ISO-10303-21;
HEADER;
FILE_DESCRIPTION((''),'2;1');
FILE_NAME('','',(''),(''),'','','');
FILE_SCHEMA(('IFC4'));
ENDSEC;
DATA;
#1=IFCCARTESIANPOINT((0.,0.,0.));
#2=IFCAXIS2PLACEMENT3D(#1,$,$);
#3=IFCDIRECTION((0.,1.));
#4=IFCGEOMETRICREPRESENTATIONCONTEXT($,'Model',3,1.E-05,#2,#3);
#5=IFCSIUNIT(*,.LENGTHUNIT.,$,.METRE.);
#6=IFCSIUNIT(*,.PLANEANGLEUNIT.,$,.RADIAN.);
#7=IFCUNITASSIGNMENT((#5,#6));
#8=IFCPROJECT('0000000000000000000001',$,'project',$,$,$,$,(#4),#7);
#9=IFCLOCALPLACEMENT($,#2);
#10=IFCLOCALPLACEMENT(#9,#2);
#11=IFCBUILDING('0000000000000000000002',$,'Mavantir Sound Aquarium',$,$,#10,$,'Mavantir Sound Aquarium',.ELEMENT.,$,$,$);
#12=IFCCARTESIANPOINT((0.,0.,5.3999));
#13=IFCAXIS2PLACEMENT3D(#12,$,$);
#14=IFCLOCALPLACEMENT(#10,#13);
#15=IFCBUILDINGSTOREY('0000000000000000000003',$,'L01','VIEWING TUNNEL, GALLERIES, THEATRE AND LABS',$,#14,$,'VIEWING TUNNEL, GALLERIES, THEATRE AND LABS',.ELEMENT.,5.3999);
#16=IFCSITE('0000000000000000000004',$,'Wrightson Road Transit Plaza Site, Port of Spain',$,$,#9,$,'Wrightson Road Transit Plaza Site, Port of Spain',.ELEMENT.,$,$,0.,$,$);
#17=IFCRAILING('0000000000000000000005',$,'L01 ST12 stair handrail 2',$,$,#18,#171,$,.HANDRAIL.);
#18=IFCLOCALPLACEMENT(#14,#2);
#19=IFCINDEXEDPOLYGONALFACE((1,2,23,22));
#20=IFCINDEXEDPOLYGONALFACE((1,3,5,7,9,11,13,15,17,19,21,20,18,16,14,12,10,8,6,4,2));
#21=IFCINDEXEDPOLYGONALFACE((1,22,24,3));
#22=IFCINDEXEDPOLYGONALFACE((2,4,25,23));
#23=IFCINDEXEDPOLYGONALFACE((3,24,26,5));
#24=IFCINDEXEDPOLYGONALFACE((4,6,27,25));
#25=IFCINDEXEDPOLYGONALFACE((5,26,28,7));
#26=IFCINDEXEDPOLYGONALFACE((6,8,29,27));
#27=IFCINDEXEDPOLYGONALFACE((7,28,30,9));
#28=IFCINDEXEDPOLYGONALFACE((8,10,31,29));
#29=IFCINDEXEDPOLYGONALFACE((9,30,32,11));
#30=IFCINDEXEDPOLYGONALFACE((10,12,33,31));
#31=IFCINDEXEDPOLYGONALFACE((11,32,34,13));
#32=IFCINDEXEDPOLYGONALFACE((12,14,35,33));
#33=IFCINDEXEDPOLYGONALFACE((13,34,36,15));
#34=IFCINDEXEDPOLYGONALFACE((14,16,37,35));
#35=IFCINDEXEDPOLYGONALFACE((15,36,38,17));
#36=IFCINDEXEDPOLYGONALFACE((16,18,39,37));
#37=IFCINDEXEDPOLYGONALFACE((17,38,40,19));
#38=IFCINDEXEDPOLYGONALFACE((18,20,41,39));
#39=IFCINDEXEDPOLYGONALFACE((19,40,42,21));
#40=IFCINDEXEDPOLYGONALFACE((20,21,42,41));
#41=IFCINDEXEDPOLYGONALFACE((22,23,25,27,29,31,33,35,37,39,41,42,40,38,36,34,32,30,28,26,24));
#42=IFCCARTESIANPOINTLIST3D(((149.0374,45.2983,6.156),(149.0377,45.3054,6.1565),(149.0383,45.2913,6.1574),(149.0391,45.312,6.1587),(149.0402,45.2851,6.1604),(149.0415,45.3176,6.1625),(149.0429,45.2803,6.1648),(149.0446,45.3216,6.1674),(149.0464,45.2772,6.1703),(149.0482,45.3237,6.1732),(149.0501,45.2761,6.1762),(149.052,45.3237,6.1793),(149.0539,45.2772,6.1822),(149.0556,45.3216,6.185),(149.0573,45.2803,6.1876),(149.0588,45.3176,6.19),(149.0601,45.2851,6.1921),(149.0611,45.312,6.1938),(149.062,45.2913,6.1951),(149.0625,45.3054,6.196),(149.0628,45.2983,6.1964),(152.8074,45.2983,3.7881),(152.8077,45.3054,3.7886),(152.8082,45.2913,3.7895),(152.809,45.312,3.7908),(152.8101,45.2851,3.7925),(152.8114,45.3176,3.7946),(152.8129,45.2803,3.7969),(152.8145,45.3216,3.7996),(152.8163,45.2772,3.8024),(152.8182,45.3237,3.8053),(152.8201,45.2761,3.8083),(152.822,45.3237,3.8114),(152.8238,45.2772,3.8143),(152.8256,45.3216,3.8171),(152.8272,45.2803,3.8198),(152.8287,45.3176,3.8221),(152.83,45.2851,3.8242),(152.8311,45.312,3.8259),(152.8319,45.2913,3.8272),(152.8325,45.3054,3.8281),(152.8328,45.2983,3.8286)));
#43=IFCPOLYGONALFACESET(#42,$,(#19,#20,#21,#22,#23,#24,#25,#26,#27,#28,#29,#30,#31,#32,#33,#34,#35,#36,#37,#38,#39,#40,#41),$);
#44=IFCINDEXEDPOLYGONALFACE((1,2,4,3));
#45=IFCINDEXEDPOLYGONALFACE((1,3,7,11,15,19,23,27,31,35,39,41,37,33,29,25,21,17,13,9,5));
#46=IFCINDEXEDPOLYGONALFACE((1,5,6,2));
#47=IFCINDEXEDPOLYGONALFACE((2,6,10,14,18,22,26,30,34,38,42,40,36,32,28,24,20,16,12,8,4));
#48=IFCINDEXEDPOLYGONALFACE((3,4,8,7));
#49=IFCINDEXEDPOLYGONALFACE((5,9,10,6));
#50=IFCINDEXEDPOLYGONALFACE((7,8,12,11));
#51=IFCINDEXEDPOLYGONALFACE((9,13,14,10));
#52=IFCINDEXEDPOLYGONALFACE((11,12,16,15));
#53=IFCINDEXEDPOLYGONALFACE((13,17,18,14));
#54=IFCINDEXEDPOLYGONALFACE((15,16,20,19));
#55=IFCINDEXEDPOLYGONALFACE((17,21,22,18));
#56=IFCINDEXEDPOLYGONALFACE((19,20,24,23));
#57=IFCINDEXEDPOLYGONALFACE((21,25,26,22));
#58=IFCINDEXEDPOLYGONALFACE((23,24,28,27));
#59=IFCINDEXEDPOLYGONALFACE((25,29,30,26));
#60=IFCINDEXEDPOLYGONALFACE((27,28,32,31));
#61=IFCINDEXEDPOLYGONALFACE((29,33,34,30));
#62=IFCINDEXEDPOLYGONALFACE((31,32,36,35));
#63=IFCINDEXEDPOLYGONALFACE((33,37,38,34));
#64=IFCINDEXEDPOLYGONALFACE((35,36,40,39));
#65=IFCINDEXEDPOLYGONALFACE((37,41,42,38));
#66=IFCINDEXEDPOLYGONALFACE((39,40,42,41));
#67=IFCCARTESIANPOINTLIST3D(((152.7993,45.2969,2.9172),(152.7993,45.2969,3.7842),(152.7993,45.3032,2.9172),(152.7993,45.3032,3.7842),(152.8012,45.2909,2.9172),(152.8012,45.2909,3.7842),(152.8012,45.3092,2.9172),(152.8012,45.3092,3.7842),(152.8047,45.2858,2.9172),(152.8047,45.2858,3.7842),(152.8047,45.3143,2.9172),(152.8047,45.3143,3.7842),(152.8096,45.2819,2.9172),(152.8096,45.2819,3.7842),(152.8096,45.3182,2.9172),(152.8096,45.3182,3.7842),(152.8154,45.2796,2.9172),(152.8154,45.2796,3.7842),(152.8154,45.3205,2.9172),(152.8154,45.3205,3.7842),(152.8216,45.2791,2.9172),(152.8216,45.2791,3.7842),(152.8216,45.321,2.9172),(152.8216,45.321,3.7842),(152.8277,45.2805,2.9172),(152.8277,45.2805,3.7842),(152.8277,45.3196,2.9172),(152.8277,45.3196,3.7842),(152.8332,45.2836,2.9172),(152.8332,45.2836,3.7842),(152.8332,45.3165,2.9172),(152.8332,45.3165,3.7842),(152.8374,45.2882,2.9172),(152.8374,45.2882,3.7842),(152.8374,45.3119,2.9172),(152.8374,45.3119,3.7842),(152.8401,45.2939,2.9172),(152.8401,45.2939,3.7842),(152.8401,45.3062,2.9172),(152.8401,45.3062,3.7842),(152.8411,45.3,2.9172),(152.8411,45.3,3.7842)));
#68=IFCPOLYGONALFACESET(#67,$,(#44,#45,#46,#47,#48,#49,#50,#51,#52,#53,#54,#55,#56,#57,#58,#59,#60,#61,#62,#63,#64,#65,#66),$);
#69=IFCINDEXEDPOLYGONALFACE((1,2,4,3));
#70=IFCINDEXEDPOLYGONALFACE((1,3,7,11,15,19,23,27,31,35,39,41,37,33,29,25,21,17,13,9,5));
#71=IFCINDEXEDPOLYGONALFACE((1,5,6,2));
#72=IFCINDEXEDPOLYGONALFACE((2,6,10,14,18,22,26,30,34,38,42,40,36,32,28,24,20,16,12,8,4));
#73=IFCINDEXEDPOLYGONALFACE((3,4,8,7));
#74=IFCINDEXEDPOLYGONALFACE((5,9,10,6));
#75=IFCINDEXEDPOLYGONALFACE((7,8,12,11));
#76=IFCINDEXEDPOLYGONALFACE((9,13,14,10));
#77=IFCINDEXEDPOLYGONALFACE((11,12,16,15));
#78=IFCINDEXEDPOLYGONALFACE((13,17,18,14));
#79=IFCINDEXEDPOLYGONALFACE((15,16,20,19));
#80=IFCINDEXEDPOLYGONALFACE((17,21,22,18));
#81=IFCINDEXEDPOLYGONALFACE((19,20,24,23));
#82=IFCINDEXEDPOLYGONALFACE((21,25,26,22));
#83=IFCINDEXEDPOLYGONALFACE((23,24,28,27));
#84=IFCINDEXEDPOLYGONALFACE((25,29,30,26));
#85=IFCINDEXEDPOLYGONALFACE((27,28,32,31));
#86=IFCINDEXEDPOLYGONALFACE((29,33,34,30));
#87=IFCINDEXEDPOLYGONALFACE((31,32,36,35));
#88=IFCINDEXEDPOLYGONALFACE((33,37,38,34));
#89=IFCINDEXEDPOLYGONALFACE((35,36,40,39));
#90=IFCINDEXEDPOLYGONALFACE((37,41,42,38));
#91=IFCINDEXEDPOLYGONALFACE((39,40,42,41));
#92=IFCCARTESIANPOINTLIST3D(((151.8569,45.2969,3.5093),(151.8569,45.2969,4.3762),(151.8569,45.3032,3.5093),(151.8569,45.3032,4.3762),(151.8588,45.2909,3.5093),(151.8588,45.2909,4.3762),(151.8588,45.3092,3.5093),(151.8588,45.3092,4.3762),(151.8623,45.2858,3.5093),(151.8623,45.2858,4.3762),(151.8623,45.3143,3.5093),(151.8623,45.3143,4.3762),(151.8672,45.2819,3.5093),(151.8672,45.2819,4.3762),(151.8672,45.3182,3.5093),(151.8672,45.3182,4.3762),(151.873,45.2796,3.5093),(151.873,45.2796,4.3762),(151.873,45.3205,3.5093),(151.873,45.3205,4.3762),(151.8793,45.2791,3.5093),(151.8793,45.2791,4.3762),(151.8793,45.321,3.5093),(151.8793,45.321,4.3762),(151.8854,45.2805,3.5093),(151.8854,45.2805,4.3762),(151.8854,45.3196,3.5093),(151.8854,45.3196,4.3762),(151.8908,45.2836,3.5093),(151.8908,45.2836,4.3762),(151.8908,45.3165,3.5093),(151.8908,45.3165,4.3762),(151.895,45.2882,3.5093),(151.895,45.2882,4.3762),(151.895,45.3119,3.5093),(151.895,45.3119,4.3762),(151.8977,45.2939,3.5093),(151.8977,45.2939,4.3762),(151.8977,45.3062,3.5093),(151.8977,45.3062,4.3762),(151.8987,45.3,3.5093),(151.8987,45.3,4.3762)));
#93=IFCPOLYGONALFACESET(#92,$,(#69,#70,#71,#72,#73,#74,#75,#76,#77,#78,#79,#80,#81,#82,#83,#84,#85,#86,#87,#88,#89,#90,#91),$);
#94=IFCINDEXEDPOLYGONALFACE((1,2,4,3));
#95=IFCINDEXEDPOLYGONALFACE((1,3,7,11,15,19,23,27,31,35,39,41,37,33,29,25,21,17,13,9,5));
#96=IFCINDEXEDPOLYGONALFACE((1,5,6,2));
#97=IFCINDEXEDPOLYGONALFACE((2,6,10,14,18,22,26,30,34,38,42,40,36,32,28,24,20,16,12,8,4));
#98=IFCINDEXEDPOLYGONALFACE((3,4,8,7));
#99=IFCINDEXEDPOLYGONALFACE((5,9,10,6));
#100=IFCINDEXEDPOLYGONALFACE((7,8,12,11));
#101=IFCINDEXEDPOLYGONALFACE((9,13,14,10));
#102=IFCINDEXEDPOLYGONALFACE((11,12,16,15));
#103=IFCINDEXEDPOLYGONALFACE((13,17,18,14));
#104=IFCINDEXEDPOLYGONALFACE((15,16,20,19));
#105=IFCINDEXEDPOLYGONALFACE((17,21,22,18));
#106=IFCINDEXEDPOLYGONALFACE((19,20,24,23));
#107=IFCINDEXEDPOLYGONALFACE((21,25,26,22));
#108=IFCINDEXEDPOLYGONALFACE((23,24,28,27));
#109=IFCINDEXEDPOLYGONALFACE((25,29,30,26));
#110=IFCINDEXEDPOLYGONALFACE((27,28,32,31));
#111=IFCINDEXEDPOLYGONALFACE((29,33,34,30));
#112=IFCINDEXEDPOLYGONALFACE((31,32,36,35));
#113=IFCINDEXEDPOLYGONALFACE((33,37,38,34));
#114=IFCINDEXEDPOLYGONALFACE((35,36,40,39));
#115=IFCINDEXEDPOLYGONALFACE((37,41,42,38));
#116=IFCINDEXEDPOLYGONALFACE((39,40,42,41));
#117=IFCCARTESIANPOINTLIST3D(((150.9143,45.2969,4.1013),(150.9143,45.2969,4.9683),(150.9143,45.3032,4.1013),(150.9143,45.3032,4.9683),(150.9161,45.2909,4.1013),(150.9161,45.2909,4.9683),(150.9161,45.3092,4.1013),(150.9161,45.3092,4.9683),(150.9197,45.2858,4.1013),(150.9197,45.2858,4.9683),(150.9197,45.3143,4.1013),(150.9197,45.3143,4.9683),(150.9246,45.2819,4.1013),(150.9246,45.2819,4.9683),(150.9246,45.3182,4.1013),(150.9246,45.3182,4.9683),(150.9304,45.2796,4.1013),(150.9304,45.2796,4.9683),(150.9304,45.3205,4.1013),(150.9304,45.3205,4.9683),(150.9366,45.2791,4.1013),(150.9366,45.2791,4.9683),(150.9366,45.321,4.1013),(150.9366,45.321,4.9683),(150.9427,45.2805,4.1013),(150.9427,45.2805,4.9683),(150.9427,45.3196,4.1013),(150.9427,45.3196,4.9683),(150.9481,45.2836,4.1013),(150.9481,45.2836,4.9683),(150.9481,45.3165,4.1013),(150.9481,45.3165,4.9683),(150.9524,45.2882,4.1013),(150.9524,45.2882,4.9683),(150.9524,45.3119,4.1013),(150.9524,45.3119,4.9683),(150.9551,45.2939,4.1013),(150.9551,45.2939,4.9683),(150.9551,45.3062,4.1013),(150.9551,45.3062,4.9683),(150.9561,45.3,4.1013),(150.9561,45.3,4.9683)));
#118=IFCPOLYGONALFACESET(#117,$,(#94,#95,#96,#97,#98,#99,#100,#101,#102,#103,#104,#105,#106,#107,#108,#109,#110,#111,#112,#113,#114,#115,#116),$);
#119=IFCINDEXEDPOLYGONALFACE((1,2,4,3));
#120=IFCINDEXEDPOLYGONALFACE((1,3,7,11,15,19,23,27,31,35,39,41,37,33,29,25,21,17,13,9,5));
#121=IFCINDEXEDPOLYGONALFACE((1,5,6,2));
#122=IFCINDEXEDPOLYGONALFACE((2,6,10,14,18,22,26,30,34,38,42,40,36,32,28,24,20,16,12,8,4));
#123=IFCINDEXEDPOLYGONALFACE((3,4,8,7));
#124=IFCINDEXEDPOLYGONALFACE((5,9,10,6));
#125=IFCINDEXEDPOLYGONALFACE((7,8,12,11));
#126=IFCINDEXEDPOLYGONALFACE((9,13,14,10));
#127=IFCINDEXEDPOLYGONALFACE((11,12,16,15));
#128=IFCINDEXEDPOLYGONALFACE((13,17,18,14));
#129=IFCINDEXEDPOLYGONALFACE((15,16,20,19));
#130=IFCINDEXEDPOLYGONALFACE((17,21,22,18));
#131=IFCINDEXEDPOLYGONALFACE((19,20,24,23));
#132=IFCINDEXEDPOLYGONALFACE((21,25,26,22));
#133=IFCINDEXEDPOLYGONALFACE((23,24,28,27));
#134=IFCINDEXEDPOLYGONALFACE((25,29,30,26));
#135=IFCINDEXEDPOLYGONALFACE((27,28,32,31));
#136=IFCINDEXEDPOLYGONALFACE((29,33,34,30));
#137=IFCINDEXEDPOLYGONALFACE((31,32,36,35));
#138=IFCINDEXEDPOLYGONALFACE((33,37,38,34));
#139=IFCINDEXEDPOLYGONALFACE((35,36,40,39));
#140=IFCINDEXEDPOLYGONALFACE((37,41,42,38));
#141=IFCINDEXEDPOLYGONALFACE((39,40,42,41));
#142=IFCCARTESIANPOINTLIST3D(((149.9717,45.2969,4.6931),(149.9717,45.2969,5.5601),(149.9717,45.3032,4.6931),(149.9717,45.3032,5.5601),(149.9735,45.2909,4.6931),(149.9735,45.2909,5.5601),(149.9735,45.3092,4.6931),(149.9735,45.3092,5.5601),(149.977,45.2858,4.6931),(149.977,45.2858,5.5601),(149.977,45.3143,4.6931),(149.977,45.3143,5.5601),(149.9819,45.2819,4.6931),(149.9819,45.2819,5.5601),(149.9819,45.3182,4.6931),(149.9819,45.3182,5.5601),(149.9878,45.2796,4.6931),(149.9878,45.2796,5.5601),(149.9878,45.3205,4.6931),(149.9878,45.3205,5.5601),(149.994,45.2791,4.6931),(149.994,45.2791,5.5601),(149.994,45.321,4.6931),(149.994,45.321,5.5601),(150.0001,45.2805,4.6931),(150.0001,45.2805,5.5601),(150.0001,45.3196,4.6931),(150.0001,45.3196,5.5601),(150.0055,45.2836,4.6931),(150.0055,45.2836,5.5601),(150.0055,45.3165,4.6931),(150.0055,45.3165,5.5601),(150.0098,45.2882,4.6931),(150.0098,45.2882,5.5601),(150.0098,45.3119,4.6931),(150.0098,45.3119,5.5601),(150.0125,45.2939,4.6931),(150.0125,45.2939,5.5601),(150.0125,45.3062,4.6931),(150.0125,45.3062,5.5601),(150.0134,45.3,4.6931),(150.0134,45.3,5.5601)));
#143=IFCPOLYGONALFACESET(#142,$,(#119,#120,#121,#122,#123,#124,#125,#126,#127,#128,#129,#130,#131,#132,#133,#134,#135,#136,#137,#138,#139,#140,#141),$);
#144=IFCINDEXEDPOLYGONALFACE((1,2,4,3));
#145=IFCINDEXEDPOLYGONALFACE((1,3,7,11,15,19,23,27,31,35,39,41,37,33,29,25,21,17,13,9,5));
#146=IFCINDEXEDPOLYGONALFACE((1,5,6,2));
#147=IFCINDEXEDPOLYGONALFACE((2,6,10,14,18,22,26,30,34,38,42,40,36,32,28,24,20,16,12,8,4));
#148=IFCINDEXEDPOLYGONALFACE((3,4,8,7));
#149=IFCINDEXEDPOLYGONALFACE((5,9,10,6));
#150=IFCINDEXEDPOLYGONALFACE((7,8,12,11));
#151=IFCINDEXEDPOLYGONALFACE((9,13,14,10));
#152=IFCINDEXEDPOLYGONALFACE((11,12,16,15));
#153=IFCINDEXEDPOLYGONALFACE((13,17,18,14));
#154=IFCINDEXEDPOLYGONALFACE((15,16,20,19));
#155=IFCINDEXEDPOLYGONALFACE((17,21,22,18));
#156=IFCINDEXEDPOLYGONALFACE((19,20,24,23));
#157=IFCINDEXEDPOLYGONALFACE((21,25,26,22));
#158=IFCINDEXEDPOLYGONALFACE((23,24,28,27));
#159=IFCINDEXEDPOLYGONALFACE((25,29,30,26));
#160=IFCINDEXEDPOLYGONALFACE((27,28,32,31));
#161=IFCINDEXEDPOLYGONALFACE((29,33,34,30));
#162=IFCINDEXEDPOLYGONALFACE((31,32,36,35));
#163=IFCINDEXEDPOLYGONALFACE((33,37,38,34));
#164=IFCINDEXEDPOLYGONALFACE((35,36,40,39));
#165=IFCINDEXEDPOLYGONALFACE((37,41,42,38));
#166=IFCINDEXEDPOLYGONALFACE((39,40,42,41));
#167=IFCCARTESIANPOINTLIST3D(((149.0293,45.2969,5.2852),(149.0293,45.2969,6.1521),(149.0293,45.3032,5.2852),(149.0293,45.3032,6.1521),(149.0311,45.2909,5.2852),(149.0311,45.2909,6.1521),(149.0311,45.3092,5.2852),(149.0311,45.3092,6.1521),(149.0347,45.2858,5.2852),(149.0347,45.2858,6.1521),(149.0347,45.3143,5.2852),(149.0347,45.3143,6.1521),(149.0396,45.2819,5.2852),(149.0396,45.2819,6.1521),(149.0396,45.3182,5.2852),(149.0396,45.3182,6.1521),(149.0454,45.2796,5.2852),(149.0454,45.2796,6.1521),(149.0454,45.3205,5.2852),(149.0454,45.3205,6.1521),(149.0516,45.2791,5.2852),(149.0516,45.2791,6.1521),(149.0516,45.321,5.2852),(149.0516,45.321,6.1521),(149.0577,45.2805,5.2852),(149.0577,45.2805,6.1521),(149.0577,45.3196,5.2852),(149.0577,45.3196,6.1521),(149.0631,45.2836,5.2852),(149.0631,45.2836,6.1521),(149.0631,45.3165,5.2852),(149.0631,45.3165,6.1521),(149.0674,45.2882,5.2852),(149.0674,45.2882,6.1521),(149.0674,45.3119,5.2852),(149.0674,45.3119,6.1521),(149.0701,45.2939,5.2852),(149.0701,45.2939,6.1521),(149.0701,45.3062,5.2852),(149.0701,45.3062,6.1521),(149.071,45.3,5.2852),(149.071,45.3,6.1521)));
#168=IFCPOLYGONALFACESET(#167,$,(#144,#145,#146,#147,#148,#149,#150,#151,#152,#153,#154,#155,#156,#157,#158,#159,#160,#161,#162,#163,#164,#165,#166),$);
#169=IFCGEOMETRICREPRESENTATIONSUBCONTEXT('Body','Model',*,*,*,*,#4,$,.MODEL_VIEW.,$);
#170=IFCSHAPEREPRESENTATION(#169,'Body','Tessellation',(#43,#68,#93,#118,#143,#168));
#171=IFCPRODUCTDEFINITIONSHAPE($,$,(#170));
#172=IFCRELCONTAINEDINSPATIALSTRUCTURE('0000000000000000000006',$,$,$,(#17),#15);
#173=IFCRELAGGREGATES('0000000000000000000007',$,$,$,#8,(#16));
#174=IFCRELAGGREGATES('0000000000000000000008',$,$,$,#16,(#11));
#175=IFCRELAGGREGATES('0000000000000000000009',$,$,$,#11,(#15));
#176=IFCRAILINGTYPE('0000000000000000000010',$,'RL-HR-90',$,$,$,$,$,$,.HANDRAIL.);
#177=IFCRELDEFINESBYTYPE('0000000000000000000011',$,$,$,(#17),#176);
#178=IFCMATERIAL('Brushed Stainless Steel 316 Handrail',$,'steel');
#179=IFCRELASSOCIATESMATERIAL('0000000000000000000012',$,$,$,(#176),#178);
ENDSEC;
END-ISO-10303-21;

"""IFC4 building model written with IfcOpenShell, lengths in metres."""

from ifc_helpers import new_model, si_unit, direction, frame, origin, origin_2d, place, context, subcontext, project, spatial, circle, extrude, material, type_object, element, save


model = new_model("IFC4")

# Units and contexts
model_context = context("Model", 3, precision=1e-05, world=origin(), true_north=direction((0.0, 1.0)))
body_context = subcontext(model_context, "Body", "Model", "MODEL_VIEW")
ifc_project = project(units=[si_unit("LENGTHUNIT", "METRE"), si_unit("PLANEANGLEUNIT", "RADIAN")], contexts=[model_context])

# Site, building, storey
site_placement = place(None, origin())
site = spatial("IfcSite", under=ifc_project, at=site_placement, Name="Wrightson Road Transit Plaza Site, Port of Spain", LongName="Wrightson Road Transit Plaza Site, Port of Spain", CompositionType="ELEMENT", RefElevation=0.0)
building_placement = place(site_placement, origin())
building = spatial("IfcBuilding", under=site, at=building_placement, Name="Mavantir Sound Aquarium", LongName="Mavantir Sound Aquarium", CompositionType="ELEMENT")
storey_placement = place(building_placement, frame((0.0, 0.0, 5.3999)))
storey = spatial("IfcBuildingStorey", under=building, at=storey_placement, Name="L01", Description="VIEWING TUNNEL, GALLERIES, THEATRE AND LABS", LongName="VIEWING TUNNEL, GALLERIES, THEATRE AND LABS", CompositionType="ELEMENT", Elevation=5.3999)

# Railing
ifc_material_1 = material(Name="Brushed Stainless Steel 316 Handrail", Category="steel")
railing_type_1 = type_object("IfcRailingType", Name="RL-HR-90", PredefinedType="HANDRAIL", material=ifc_material_1)
railing_1_placement = place(storey_placement, frame((152.8201, 45.3, 2.9172)))
element("IfcRailing", 1, at=railing_1_placement, inside=storey, type_object=railing_type_1, Name="L01 ST12 stair handrail 2", PredefinedType="HANDRAIL", context=body_context, shape_type="SweptSolid", body=[
    extrude(circle(Radius=0.0239, at=origin_2d()), frame((0.0, 0.0, 0.8911), z_axis=(-0.846819, 0.0, 0.531881), x_axis=(0.0, -1.0, 0.0)), (0.0, 0.0, 1.0), 4.4519),
    extrude(circle(Radius=0.021, at=origin_2d()), origin(), (0.0, 0.0, 1.0), 0.8669),
    extrude(circle(Radius=0.021, at=origin_2d()), frame((-0.9424, 0.0, 0.592)), (0.0, 0.0, 1.0), 0.8669),
    extrude(circle(Radius=0.021, at=origin_2d()), frame((-1.885, 0.0, 1.1841)), (0.0, 0.0, 1.0), 0.8669),
    extrude(circle(Radius=0.021, at=origin_2d()), frame((-2.8276, 0.0, 1.7759)), (0.0, 0.0, 1.0), 0.8669),
    extrude(circle(Radius=0.021, at=origin_2d()), frame((-3.77, 0.0, 2.3679)), (0.0, 0.0, 1.0), 0.8669),
])

save(model, "model.ifc")
